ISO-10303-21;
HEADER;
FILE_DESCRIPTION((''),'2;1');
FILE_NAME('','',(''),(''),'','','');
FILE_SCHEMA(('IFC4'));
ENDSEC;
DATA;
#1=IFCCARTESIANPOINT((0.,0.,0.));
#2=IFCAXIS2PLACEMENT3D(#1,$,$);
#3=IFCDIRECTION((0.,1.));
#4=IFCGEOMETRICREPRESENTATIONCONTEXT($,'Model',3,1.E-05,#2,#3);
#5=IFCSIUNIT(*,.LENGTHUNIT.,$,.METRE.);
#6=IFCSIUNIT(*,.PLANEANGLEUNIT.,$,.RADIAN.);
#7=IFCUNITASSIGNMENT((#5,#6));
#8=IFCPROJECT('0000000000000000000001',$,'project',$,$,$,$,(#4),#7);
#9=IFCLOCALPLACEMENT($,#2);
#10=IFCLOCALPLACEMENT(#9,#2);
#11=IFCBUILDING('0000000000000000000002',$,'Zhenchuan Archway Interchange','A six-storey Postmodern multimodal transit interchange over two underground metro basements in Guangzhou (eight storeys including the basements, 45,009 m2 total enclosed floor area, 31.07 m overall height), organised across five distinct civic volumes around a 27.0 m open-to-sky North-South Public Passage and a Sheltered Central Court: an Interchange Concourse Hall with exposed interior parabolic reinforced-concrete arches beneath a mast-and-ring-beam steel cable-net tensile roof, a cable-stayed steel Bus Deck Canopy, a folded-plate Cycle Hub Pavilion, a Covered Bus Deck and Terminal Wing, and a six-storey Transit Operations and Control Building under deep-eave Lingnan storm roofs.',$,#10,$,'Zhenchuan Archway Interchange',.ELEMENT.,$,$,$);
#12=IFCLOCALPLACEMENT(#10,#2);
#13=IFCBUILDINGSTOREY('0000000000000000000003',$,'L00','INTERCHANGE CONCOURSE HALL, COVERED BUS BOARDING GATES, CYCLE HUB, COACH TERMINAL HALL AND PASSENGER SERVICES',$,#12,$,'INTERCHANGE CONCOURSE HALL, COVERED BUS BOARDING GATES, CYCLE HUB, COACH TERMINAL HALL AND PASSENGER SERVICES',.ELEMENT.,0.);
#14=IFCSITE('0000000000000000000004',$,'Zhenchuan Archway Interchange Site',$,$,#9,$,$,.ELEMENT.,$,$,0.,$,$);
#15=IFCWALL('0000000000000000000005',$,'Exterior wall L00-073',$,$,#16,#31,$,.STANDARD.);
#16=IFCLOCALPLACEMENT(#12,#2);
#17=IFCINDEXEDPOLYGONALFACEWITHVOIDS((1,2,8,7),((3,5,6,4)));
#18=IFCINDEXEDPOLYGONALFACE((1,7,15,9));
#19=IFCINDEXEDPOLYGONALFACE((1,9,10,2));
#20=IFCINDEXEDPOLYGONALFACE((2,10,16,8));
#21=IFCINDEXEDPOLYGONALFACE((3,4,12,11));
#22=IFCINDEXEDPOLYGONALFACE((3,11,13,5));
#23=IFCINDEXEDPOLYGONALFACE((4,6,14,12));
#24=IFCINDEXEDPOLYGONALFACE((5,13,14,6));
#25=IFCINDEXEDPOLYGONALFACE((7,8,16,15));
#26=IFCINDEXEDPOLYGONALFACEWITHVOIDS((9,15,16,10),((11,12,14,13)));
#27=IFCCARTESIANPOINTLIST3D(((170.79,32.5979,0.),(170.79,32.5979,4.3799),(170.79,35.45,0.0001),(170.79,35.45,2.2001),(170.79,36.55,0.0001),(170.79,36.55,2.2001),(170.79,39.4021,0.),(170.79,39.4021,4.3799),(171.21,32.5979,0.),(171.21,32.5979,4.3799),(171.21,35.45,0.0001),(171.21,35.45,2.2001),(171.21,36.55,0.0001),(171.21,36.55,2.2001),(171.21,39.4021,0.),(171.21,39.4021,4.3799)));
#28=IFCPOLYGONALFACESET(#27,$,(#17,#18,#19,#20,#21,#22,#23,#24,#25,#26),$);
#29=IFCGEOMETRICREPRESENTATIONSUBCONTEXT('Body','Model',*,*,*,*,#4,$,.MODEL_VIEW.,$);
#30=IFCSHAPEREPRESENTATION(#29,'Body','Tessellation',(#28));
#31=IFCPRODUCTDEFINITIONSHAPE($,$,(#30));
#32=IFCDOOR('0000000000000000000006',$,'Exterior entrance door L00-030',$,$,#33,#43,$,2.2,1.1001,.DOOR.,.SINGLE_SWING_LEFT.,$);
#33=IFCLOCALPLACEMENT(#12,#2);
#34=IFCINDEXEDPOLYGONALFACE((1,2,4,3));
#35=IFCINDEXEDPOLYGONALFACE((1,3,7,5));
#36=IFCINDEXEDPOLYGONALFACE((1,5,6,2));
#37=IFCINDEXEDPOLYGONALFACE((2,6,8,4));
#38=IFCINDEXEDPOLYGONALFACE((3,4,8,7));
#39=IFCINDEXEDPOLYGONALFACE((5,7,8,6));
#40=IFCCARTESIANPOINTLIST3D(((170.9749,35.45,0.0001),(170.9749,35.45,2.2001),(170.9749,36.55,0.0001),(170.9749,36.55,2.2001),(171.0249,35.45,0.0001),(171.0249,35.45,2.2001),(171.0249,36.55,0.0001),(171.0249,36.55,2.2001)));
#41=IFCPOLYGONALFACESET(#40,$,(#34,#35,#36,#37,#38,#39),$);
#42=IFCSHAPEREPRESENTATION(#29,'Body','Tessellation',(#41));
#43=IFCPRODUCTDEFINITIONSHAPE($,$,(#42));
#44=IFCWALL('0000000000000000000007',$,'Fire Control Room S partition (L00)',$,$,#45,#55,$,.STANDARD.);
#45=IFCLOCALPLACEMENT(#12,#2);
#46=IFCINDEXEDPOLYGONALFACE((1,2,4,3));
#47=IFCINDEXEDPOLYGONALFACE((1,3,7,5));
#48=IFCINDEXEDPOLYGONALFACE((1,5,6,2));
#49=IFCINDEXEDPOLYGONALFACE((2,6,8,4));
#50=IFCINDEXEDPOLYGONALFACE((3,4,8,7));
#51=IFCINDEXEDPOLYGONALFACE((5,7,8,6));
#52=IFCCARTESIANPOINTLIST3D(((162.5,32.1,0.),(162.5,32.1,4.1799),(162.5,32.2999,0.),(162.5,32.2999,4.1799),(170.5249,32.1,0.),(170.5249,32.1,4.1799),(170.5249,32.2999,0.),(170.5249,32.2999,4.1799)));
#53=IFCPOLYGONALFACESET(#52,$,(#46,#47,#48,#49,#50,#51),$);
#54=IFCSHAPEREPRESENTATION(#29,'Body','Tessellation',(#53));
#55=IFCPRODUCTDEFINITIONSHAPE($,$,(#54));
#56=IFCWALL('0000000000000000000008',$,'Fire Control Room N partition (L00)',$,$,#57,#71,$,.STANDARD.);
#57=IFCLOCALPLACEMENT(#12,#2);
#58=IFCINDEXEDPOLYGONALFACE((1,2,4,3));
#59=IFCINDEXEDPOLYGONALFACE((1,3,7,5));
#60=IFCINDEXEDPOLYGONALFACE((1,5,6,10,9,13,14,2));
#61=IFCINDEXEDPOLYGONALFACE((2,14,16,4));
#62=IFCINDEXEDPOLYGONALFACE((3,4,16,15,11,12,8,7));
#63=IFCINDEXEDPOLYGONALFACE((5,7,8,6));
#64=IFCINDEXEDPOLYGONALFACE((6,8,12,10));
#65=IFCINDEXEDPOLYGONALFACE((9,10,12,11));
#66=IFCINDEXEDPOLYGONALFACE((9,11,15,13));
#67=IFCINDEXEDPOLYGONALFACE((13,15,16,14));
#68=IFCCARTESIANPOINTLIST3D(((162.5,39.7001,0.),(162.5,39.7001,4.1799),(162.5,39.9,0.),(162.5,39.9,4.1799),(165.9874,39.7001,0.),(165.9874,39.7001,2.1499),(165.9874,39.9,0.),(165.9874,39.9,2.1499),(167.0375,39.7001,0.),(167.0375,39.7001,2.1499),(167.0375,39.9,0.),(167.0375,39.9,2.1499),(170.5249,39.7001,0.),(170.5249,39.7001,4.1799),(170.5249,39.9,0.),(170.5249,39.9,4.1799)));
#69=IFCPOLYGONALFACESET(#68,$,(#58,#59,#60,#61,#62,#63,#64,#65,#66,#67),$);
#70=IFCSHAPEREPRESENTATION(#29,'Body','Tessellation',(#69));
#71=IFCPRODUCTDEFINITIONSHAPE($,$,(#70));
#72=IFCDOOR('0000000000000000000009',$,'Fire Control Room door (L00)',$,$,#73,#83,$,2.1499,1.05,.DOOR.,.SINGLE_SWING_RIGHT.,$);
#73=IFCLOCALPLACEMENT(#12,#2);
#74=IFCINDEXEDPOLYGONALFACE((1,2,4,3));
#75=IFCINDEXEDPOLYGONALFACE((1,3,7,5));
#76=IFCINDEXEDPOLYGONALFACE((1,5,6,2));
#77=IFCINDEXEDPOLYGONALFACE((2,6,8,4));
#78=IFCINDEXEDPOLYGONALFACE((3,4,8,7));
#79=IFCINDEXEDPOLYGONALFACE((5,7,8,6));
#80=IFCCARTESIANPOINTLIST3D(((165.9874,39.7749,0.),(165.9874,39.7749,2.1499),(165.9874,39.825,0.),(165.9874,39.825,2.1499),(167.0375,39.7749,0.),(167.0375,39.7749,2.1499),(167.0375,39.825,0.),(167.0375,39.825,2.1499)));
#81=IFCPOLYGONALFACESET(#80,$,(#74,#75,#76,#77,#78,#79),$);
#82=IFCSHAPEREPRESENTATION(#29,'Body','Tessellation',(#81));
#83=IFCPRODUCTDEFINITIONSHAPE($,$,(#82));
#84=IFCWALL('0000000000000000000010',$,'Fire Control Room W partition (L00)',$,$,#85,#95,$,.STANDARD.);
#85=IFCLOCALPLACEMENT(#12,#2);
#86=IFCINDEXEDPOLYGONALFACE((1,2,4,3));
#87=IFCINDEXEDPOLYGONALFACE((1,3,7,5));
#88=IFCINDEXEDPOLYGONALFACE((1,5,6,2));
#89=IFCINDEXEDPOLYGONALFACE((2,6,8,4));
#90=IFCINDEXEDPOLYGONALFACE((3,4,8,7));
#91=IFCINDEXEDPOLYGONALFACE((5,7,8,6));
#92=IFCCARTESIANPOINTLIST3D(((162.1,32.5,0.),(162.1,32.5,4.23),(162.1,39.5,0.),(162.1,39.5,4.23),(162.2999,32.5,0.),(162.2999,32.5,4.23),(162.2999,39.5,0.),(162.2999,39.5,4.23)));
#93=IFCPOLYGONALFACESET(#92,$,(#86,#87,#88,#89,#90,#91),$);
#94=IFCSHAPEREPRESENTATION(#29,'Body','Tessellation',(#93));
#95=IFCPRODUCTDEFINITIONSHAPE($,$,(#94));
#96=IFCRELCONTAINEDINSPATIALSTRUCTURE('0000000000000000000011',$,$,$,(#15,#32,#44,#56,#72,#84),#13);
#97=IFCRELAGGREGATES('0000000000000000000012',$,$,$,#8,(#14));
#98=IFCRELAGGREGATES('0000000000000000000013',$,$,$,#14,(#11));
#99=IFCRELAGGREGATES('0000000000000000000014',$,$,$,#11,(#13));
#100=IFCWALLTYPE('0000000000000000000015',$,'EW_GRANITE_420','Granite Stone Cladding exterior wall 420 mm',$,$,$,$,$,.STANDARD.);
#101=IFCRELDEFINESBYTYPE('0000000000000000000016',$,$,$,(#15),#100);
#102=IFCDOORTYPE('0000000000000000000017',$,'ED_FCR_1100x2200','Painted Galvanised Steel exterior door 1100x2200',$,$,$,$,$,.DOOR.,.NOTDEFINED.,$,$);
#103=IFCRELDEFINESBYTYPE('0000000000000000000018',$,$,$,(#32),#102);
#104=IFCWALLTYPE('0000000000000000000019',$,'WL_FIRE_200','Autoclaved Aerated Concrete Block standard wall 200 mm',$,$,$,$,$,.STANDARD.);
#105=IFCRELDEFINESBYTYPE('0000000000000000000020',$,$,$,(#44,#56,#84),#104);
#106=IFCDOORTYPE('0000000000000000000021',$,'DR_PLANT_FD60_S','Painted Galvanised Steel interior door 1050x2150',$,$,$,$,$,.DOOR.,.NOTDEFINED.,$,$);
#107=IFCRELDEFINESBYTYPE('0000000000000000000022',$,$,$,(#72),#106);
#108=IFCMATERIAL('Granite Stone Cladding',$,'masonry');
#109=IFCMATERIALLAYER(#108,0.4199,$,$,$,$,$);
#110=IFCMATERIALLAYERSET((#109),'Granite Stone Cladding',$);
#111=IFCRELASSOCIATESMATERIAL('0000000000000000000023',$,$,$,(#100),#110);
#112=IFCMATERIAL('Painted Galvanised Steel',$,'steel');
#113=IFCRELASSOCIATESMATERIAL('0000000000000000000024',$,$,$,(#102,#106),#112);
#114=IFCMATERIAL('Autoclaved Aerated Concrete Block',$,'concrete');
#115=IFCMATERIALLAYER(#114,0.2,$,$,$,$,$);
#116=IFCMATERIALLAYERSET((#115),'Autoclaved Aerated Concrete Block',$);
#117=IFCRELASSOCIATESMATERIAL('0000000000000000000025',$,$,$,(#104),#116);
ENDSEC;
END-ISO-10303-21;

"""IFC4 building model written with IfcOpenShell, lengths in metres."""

from ifc_helpers import new_model, si_unit, direction, frame, frame_2d, origin, place, context, subcontext, project, spatial, rectangle, extrude, material, layer, layer_set, type_object, element, fill, save


model = new_model("IFC4")

# Units and contexts
model_context = context("Model", 3, precision=1e-05, world=origin(), true_north=direction((0.0, 1.0)))
body_context = subcontext(model_context, "Body", "Model", "MODEL_VIEW")
ifc_project = project(units=[si_unit("LENGTHUNIT", "METRE"), si_unit("PLANEANGLEUNIT", "RADIAN")], contexts=[model_context])

# Site, building, storey
site_placement = place(None, origin())
site = spatial("IfcSite", under=ifc_project, at=site_placement, Name="Zhenchuan Archway Interchange Site", CompositionType="ELEMENT", RefElevation=0.0)
building_placement = place(site_placement, origin())
building = spatial("IfcBuilding", under=site, at=building_placement, Name="Zhenchuan Archway Interchange", Description="A six-storey Postmodern multimodal transit interchange over two underground metro basements in Guangzhou (eight storeys including the basements, 45,009 m2 total enclosed floor area, 31.07 m overall height), organised across five distinct civic volumes around a 27.0 m open-to-sky North-South Public Passage and a Sheltered Central Court: an Interchange Concourse Hall with exposed interior parabolic reinforced-concrete arches beneath a mast-and-ring-beam steel cable-net tensile roof, a cable-stayed steel Bus Deck Canopy, a folded-plate Cycle Hub Pavilion, a Covered Bus Deck and Terminal Wing, and a six-storey Transit Operations and Control Building under deep-eave Lingnan storm roofs.", LongName="Zhenchuan Archway Interchange", CompositionType="ELEMENT")
storey_placement = place(building_placement, origin())
storey = spatial("IfcBuildingStorey", under=building, at=storey_placement, Name="L00", Description="INTERCHANGE CONCOURSE HALL, COVERED BUS BOARDING GATES, CYCLE HUB, COACH TERMINAL HALL AND PASSENGER SERVICES", LongName="INTERCHANGE CONCOURSE HALL, COVERED BUS BOARDING GATES, CYCLE HUB, COACH TERMINAL HALL AND PASSENGER SERVICES", CompositionType="ELEMENT", Elevation=0.0)

# Wall, opening, door
ifc_material_1 = material(Name="Granite Stone Cladding", Category="masonry")
ifc_layer_1 = layer(ifc_material_1, 0.4199)
ifc_layer_set_1 = layer_set([ifc_layer_1], Name="Granite Stone Cladding")
wall_type_1 = type_object("IfcWallType", Name="EW_GRANITE_420", Description="Granite Stone Cladding exterior wall 420 mm", PredefinedType="STANDARD", material=ifc_layer_set_1)
wall_1_placement = place(storey_placement, frame((171.0, 39.4021, 0.0), z_axis=(0.0, 0.0, 1.0), x_axis=(0.0, -1.0, 0.0)))
wall_1 = element("IfcWall", 1, at=wall_1_placement, inside=storey, type_object=wall_type_1, Name="Exterior wall L00-073", PredefinedType="STANDARD", context=body_context, shape_type="SweptSolid", body=[
    extrude(rectangle(XDim=6.8042, YDim=0.4199, at=frame_2d((3.4021, 0.0))), origin(), (0.0, 0.0, 1.0), 4.3799),
])
opening_1_placement = place(wall_1_placement, frame((2.8521, 0.0, 0.0)))
opening_1 = element("IfcOpeningElement", 2, at=opening_1_placement, cuts=wall_1, PredefinedType="OPENING", context=body_context, shape_type="SweptSolid", body=[
    extrude(rectangle(XDim=1.1001, YDim=2.2, at=frame_2d((0.55, 1.1001))), frame((0.0, 0.2219, 0.0), z_axis=(0.0, -1.0, 0.0), x_axis=(1.0, 0.0, 0.0)), (0.0, 0.0, 1.0), 0.4438),
])
ifc_material_2 = material(Name="Painted Galvanised Steel", Category="steel")
door_type_1 = type_object("IfcDoorType", Name="ED_FCR_1100x2200", Description="Painted Galvanised Steel exterior door 1100x2200", OperationType="NOTDEFINED", PredefinedType="DOOR", material=ifc_material_2)
door_1_placement = place(opening_1_placement, origin())
door_1 = element("IfcDoor", 3, at=door_1_placement, inside=storey, type_object=door_type_1, Name="Exterior entrance door L00-030", OperationType="SINGLE_SWING_LEFT", OverallHeight=2.2, OverallWidth=1.1001, PredefinedType="DOOR", context=body_context, shape_type="SweptSolid", body=[
    extrude(rectangle(XDim=1.1001, YDim=2.2, at=frame_2d((0.55, 1.1001))), frame((0.0, 0.0249, 0.0), z_axis=(0.0, -1.0, 0.0), x_axis=(1.0, 0.0, 0.0)), (0.0, 0.0, 1.0), 0.05),
])
fill(opening_1, door_1)

# Wall
ifc_material_3 = material(Name="Autoclaved Aerated Concrete Block", Category="concrete")
ifc_layer_2 = layer(ifc_material_3, 0.2)
ifc_layer_set_2 = layer_set([ifc_layer_2], Name="Autoclaved Aerated Concrete Block")
wall_type_2 = type_object("IfcWallType", Name="WL_FIRE_200", Description="Autoclaved Aerated Concrete Block standard wall 200 mm", PredefinedType="STANDARD", material=ifc_layer_set_2)
wall_2_placement = place(storey_placement, frame((162.5, 32.2, 0.0), z_axis=(0.0, 0.0, 1.0), x_axis=(1.0, 0.0, 0.0)))
element("IfcWall", 4, at=wall_2_placement, inside=storey, type_object=wall_type_2, Name="Fire Control Room S partition (L00)", PredefinedType="STANDARD", context=body_context, shape_type="SweptSolid", body=[
    extrude(rectangle(XDim=8.0249, YDim=0.2, at=frame_2d((4.0125, 0.0))), origin(), (0.0, 0.0, 1.0), 4.1799),
])

# Wall, opening, door
wall_3_placement = place(storey_placement, frame((162.5, 39.8, 0.0), z_axis=(0.0, 0.0, 1.0), x_axis=(1.0, 0.0, 0.0)))
wall_3 = element("IfcWall", 5, at=wall_3_placement, inside=storey, type_object=wall_type_2, Name="Fire Control Room N partition (L00)", PredefinedType="STANDARD", context=body_context, shape_type="SweptSolid", body=[
    extrude(rectangle(XDim=8.0249, YDim=0.2, at=frame_2d((4.0125, 0.0))), origin(), (0.0, 0.0, 1.0), 4.1799),
])
opening_2_placement = place(wall_3_placement, frame((3.4875, 0.0, 0.0)))
opening_2 = element("IfcOpeningElement", 6, at=opening_2_placement, cuts=wall_3, PredefinedType="OPENING", context=body_context, shape_type="SweptSolid", body=[
    extrude(rectangle(XDim=1.05, YDim=2.1499, at=frame_2d((0.5249, 1.075))), frame((0.0, 0.1118, 0.0), z_axis=(0.0, -1.0, 0.0), x_axis=(1.0, 0.0, 0.0)), (0.0, 0.0, 1.0), 0.2239),
])
door_type_2 = type_object("IfcDoorType", Name="DR_PLANT_FD60_S", Description="Painted Galvanised Steel interior door 1050x2150", OperationType="NOTDEFINED", PredefinedType="DOOR", material=ifc_material_2)
door_2_placement = place(opening_2_placement, origin())
door_2 = element("IfcDoor", 7, at=door_2_placement, inside=storey, type_object=door_type_2, Name="Fire Control Room door (L00)", OperationType="SINGLE_SWING_RIGHT", OverallHeight=2.1499, OverallWidth=1.05, PredefinedType="DOOR", context=body_context, shape_type="SweptSolid", body=[
    extrude(rectangle(XDim=1.05, YDim=2.1499, at=frame_2d((0.5249, 1.075))), frame((0.0, 0.0249, 0.0), z_axis=(0.0, -1.0, 0.0), x_axis=(1.0, 0.0, 0.0)), (0.0, 0.0, 1.0), 0.05),
])
fill(opening_2, door_2)

# Wall
wall_4_placement = place(storey_placement, frame((162.2, 32.5, 0.0), z_axis=(0.0, 0.0, 1.0), x_axis=(0.0, 1.0, 0.0)))
element("IfcWall", 8, at=wall_4_placement, inside=storey, type_object=wall_type_2, Name="Fire Control Room W partition (L00)", PredefinedType="STANDARD", context=body_context, shape_type="SweptSolid", body=[
    extrude(rectangle(XDim=7.0, YDim=0.2, at=frame_2d((3.5, 0.0))), origin(), (0.0, 0.0, 1.0), 4.23),
])

save(model, "model.ifc")
